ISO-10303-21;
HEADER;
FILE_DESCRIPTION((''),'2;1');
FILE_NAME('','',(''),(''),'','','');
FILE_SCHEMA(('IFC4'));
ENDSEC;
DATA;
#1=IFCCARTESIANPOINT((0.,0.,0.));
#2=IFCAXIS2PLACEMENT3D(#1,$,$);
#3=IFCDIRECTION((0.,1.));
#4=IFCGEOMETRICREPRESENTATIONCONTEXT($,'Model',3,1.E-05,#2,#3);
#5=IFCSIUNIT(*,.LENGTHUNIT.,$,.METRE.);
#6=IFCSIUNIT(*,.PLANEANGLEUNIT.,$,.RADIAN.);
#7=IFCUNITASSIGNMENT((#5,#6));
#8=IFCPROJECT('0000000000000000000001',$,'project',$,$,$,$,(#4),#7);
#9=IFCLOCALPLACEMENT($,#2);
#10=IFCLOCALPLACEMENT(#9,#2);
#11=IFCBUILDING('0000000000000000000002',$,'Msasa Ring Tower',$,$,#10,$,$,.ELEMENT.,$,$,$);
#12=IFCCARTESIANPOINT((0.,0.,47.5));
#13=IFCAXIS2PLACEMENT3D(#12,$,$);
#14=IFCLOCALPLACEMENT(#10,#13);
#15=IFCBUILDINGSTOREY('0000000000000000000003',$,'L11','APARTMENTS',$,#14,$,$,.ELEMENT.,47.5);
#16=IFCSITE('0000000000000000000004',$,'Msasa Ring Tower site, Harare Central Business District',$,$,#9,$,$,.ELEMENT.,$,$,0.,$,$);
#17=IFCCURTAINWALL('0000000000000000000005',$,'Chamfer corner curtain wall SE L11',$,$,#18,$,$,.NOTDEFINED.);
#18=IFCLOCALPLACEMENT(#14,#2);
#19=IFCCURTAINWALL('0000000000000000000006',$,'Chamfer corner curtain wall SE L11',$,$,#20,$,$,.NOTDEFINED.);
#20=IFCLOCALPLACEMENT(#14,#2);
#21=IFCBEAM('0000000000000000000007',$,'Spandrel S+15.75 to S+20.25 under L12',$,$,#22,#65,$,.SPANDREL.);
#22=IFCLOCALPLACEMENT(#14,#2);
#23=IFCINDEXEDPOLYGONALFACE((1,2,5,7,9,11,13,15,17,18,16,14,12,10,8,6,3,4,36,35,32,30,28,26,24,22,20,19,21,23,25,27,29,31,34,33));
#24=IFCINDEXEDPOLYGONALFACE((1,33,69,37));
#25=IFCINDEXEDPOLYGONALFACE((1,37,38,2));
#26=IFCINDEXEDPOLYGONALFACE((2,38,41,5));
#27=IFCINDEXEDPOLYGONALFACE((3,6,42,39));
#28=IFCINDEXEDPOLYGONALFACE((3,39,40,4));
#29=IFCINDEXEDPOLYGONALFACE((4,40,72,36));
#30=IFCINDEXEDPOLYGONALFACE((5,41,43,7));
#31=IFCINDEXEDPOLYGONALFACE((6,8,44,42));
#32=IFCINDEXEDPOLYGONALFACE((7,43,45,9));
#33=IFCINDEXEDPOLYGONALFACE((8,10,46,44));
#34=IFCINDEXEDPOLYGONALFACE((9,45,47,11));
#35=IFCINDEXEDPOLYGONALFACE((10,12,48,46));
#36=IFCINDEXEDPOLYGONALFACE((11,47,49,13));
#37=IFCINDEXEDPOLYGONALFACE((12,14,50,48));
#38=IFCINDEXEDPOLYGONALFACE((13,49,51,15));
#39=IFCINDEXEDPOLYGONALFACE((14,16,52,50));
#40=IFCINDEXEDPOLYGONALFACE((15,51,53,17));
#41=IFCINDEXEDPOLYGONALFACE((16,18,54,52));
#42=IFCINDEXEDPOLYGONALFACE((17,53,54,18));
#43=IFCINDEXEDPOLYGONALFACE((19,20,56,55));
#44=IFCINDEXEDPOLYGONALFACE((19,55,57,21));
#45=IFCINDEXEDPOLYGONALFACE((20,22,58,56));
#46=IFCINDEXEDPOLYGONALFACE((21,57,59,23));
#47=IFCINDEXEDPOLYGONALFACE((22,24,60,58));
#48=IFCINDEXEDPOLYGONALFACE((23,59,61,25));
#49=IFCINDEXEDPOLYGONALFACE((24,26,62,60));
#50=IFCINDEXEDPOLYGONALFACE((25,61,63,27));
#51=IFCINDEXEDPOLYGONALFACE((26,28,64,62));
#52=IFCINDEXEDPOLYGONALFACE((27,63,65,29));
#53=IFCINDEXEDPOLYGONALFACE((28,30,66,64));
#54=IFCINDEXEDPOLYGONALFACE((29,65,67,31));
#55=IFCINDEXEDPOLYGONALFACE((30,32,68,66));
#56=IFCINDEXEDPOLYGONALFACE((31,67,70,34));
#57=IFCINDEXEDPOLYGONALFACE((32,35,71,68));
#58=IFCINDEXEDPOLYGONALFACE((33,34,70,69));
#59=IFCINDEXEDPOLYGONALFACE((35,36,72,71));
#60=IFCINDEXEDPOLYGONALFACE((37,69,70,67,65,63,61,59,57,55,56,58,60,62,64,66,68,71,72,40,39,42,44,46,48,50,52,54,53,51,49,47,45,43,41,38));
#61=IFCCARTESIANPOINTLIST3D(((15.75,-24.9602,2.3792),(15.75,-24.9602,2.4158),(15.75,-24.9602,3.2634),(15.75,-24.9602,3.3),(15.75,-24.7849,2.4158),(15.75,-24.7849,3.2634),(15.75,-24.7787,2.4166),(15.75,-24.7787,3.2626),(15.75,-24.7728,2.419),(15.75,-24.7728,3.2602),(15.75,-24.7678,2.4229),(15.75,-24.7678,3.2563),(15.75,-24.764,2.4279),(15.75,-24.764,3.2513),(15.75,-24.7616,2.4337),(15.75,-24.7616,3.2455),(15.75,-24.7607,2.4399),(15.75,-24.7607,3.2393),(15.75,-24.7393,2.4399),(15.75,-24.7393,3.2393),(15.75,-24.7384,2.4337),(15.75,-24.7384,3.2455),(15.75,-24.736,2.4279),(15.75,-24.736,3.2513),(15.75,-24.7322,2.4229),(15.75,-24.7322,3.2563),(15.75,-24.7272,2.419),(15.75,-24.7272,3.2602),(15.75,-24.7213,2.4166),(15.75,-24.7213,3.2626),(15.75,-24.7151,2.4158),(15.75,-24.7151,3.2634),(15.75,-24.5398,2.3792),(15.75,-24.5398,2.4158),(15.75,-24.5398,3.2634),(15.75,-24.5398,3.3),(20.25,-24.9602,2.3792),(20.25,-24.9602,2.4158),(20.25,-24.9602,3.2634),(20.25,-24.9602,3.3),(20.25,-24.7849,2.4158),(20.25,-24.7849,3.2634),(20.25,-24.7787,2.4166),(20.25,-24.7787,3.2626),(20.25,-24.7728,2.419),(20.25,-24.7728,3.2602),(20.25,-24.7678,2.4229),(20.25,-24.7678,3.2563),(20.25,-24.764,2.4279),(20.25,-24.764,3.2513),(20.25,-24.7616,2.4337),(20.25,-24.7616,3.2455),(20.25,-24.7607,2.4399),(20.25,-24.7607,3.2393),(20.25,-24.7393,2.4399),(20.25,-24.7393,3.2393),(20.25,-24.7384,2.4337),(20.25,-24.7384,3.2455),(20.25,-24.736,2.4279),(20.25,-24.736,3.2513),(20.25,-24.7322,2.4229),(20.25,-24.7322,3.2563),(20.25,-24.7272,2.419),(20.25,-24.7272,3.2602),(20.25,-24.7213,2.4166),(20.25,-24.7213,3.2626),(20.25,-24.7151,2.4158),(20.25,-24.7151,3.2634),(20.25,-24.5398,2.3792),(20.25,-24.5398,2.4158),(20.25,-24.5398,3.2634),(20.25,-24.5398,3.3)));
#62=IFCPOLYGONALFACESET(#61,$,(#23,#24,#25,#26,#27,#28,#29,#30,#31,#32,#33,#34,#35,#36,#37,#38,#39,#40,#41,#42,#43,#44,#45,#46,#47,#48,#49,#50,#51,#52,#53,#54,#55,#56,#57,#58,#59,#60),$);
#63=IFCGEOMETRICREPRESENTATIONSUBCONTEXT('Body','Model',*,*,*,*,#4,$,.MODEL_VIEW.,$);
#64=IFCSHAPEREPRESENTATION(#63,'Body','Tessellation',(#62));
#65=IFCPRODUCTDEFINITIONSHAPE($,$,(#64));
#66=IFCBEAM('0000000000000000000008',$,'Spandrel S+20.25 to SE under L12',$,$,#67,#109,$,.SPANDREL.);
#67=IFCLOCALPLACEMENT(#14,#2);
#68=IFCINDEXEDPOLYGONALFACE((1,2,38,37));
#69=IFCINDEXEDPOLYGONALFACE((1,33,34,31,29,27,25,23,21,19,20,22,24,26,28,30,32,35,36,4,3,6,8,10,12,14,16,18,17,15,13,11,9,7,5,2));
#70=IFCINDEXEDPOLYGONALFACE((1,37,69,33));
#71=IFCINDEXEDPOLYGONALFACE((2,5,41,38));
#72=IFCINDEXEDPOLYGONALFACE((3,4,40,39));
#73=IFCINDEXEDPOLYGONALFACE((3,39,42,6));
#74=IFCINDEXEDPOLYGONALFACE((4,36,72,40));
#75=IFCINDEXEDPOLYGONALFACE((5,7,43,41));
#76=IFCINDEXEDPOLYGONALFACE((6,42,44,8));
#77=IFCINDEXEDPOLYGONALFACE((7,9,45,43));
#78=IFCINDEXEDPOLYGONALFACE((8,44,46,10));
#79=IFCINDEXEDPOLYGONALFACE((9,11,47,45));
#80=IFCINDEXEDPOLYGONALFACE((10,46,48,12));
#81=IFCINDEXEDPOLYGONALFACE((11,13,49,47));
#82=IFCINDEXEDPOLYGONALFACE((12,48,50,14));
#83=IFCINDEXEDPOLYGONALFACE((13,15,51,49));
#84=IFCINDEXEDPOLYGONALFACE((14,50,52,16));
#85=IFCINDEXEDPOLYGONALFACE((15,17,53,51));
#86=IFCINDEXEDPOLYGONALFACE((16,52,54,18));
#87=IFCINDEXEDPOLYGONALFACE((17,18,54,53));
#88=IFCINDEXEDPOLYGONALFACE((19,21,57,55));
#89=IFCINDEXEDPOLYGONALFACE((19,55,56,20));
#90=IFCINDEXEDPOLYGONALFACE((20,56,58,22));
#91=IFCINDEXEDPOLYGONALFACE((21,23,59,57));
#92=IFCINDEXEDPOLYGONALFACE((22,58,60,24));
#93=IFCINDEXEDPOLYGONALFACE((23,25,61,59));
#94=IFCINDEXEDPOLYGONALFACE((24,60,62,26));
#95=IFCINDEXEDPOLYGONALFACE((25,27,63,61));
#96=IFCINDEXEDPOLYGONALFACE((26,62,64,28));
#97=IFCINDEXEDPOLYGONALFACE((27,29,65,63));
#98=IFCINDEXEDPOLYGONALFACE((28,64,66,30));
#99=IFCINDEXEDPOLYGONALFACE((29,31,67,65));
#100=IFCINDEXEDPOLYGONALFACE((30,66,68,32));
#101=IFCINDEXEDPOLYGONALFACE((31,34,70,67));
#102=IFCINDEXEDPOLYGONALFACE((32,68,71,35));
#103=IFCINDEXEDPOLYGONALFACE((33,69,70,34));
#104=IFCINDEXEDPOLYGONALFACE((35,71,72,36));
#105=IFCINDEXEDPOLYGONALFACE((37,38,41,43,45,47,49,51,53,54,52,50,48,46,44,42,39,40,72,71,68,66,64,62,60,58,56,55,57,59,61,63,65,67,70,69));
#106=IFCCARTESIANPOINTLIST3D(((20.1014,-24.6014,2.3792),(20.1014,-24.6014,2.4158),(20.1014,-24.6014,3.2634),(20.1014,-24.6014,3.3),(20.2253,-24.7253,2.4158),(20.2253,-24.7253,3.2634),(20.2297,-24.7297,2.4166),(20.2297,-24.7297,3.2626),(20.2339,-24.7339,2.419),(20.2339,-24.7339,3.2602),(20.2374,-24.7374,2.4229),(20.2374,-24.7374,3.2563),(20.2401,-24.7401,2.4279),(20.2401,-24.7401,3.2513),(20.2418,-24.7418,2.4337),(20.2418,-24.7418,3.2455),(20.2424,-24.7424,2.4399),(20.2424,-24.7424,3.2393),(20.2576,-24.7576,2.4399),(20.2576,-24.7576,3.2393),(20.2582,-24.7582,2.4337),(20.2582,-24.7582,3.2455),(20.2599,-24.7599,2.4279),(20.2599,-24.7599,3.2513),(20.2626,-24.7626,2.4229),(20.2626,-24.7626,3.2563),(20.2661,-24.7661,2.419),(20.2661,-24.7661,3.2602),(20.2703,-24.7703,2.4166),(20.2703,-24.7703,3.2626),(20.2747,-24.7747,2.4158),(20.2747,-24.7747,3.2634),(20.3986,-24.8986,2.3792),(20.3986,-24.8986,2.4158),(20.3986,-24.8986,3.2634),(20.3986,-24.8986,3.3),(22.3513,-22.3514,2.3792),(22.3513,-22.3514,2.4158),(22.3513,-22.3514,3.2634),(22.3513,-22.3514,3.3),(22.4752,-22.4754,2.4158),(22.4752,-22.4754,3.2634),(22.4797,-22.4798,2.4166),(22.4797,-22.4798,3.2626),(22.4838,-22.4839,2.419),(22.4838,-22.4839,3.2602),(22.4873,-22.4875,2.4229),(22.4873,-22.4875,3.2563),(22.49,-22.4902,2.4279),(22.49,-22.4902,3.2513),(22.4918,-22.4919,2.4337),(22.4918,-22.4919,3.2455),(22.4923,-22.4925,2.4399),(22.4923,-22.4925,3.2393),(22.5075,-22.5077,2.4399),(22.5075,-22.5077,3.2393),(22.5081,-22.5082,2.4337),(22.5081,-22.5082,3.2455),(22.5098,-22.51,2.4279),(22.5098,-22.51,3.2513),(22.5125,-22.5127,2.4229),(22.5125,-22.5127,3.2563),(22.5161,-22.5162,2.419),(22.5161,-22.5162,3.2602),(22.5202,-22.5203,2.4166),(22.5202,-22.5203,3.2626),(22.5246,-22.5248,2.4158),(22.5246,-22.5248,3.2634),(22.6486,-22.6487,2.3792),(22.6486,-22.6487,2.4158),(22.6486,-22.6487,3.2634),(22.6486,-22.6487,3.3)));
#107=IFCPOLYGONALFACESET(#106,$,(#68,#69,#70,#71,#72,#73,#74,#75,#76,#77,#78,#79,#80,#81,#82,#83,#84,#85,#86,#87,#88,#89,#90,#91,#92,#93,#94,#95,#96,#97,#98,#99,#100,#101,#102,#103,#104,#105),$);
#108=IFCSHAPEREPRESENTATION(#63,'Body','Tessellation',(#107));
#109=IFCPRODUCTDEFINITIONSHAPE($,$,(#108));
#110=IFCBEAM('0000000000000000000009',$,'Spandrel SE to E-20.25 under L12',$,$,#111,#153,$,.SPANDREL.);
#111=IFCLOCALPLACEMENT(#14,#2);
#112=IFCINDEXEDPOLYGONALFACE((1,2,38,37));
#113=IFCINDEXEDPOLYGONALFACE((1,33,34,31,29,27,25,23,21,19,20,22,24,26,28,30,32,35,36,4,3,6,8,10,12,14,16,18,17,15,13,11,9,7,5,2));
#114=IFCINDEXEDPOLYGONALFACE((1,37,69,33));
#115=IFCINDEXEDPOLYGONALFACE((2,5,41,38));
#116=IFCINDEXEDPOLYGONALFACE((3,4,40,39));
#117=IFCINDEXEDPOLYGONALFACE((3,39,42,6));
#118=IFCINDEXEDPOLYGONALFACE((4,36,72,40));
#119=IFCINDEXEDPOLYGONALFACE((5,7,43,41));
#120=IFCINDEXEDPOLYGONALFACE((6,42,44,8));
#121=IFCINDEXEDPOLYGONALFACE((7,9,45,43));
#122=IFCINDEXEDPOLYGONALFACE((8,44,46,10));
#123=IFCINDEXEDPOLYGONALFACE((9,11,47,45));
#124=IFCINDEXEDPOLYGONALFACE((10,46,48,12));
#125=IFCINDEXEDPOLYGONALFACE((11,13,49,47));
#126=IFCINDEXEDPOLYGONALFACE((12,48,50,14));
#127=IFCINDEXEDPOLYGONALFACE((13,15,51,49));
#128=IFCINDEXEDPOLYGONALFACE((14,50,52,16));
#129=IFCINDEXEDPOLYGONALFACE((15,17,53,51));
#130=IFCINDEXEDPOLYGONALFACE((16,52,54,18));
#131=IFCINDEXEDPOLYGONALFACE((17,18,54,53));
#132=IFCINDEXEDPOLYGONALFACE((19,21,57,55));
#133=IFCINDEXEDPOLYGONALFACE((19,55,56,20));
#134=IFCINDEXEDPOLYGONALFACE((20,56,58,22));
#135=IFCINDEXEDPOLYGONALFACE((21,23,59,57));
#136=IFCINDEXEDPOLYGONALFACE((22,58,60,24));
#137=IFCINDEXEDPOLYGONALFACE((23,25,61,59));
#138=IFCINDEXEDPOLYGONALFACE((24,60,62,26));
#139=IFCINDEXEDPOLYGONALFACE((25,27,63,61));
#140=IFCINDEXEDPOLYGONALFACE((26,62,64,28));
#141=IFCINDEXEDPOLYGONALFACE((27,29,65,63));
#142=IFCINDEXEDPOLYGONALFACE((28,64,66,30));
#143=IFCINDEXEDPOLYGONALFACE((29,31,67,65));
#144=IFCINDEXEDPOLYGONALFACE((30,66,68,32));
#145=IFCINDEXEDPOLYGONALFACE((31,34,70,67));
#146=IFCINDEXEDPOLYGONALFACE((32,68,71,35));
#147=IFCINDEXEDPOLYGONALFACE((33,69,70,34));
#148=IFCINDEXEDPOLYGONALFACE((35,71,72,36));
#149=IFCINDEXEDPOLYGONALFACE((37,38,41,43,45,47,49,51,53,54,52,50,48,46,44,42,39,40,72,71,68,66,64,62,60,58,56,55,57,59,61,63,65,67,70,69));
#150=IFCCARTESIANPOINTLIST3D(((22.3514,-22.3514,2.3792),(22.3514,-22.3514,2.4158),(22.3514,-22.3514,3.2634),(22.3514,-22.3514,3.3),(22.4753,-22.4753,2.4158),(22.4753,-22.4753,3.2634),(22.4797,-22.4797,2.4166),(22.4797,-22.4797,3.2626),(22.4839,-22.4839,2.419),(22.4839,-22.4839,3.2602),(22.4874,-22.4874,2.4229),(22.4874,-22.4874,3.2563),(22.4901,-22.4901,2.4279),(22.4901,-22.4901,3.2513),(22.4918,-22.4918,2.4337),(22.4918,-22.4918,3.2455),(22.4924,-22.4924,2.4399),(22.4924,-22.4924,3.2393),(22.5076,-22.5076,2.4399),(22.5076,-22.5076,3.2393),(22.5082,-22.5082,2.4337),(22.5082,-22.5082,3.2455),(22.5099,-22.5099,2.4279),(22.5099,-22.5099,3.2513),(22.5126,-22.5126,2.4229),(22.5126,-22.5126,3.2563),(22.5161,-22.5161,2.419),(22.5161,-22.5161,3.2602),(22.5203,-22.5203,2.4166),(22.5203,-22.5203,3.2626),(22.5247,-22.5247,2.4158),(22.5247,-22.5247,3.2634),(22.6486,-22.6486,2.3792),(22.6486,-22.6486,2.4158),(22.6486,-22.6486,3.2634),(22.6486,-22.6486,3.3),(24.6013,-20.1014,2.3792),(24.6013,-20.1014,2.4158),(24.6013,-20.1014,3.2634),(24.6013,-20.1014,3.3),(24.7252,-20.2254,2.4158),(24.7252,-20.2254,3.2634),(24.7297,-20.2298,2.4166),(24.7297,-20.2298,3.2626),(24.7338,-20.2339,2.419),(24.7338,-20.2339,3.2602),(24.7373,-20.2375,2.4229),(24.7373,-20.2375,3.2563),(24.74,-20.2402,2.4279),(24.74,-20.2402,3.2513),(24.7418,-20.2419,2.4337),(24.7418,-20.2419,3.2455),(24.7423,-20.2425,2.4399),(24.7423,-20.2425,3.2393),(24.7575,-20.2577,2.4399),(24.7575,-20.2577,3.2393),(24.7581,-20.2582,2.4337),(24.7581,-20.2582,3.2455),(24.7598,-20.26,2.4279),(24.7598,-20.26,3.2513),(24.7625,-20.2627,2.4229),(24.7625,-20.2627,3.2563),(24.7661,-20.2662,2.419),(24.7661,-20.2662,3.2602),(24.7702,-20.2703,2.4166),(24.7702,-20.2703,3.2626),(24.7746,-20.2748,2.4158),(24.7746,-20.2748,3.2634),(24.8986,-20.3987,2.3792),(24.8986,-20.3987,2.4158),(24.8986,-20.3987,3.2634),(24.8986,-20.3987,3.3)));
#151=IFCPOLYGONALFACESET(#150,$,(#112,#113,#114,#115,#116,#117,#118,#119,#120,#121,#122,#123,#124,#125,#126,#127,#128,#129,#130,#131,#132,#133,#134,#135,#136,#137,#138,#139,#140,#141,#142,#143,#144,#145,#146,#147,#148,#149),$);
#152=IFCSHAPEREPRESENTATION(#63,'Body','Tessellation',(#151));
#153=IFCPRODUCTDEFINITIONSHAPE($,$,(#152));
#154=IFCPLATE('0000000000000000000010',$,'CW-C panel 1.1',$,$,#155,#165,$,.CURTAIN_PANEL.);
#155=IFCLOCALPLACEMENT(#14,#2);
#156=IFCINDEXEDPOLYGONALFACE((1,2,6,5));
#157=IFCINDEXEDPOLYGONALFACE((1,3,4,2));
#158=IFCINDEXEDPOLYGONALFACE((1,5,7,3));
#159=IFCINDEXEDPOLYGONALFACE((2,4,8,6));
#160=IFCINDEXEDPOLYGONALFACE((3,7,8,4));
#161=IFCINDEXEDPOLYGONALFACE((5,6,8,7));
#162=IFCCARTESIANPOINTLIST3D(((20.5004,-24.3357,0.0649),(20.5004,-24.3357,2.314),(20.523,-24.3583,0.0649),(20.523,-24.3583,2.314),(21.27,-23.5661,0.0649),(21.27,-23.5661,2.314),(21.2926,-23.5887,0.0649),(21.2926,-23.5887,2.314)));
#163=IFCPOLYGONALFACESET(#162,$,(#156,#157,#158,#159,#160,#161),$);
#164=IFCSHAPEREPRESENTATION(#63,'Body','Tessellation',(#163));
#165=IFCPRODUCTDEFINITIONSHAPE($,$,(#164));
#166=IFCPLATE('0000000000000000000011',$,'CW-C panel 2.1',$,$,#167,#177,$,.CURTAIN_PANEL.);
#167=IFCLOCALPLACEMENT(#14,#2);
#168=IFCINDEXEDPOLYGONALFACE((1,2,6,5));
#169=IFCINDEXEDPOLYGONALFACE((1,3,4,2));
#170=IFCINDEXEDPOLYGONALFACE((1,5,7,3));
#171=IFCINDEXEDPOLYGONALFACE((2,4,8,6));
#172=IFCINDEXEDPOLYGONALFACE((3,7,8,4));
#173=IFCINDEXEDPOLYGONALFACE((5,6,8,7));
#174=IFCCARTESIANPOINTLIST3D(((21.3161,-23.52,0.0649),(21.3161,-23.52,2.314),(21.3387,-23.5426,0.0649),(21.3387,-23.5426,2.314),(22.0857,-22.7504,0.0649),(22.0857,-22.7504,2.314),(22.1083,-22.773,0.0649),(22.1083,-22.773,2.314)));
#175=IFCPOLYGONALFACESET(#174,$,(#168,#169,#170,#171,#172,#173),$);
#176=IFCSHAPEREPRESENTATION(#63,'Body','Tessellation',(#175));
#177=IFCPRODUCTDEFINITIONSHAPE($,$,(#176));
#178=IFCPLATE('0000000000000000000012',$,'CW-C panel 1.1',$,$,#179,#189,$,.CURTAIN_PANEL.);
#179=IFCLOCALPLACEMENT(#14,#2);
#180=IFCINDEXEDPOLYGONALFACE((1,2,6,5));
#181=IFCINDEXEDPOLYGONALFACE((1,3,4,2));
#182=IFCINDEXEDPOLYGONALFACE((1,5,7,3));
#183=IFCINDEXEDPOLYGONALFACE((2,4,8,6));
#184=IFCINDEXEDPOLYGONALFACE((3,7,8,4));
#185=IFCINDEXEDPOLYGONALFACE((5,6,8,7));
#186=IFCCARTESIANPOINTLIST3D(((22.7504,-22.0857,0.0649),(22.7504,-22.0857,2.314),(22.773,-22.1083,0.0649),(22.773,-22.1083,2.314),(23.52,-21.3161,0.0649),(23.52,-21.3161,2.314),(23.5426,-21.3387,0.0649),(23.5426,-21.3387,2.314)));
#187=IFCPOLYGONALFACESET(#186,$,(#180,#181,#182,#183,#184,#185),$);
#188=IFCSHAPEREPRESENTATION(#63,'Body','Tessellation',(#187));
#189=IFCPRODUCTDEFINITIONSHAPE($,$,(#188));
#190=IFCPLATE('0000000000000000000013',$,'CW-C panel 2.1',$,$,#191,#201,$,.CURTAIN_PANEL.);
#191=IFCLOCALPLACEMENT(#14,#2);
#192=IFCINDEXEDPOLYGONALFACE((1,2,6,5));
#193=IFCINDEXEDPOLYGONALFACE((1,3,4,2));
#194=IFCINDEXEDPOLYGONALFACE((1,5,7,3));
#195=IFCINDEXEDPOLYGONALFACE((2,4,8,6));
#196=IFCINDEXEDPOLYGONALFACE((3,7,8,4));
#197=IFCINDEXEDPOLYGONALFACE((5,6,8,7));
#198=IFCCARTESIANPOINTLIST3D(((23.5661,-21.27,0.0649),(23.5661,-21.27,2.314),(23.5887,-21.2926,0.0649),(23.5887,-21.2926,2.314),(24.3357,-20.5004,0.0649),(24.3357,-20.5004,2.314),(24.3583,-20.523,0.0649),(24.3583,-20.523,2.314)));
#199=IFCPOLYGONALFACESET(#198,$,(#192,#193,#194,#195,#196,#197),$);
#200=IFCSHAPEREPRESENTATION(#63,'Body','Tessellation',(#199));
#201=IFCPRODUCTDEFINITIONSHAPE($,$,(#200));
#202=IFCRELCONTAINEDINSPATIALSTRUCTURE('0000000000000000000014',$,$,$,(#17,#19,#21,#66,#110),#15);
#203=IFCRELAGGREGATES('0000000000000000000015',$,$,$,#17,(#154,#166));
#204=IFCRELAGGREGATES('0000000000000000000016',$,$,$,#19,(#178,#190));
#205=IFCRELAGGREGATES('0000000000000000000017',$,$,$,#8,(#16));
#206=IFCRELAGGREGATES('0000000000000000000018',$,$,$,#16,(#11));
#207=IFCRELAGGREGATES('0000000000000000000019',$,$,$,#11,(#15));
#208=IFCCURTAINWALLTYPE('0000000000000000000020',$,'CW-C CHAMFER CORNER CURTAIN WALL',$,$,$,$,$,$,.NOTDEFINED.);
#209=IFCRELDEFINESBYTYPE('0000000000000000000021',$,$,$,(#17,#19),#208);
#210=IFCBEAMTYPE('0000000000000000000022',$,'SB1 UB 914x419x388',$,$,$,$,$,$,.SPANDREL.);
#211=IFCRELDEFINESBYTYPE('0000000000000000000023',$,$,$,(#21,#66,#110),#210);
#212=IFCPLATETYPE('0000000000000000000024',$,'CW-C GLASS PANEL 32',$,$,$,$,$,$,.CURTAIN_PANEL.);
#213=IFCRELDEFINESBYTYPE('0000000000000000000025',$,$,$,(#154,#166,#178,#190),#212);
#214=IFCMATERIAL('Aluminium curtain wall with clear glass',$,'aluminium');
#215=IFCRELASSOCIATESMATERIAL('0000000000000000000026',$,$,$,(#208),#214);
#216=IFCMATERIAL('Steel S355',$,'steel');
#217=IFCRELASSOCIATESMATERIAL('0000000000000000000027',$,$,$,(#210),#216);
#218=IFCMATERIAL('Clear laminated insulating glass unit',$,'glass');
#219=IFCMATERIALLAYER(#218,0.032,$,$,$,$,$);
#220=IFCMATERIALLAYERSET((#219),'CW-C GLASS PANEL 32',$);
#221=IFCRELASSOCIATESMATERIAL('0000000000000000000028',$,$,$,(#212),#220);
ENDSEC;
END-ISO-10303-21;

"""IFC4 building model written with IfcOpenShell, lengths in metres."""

from ifc_helpers import new_model, si_unit, direction, frame, origin, origin_2d, place, context, subcontext, project, spatial, rectangle, i_section, extrude, material, layer, layer_set, material_profile, profile_set, type_object, element, aggregate, save


model = new_model("IFC4")

# Units and contexts
model_context = context("Model", 3, precision=1e-05, world=origin(), true_north=direction((0.0, 1.0)))
body_context = subcontext(model_context, "Body", "Model", "MODEL_VIEW")
ifc_project = project(units=[si_unit("LENGTHUNIT", "METRE"), si_unit("PLANEANGLEUNIT", "RADIAN")], contexts=[model_context])

# Site, building, storey
site_placement = place(None, origin())
site = spatial("IfcSite", under=ifc_project, at=site_placement, Name="Msasa Ring Tower site, Harare Central Business District", CompositionType="ELEMENT", RefElevation=0.0)
building_placement = place(site_placement, origin())
building = spatial("IfcBuilding", under=site, at=building_placement, Name="Msasa Ring Tower", CompositionType="ELEMENT")
storey_placement = place(building_placement, frame((0.0, 0.0, 47.5)))
storey = spatial("IfcBuildingStorey", under=building, at=storey_placement, Name="L11", Description="APARTMENTS", CompositionType="ELEMENT", Elevation=47.5)

# Curtain walls
ifc_material_1 = material(Name="Aluminium curtain wall with clear glass", Category="aluminium")
curtain_wall_type = type_object("IfcCurtainWallType", Name="CW-C CHAMFER CORNER CURTAIN WALL", PredefinedType="NOTDEFINED", material=ifc_material_1)
curtain_wall_1_placement = place(storey_placement, origin())
curtain_wall_1 = element("IfcCurtainWall", 1, at=curtain_wall_1_placement, inside=storey, type_object=curtain_wall_type, Name="Chamfer corner curtain wall SE L11", PredefinedType="NOTDEFINED")
curtain_wall_2_placement = place(storey_placement, origin())
curtain_wall_2 = element("IfcCurtainWall", 2, at=curtain_wall_2_placement, inside=storey, type_object=curtain_wall_type, Name="Chamfer corner curtain wall SE L11", PredefinedType="NOTDEFINED")

# Beams
ifc_material_2 = material(Name="Steel S355", Category="steel")
ifc_material_profile_1 = material_profile(ifc_material_2, i_section(OverallWidth=0.4204, OverallDepth=0.9209, WebThickness=0.0215, FlangeThickness=0.0366, FilletRadius=0.0242, at=origin_2d()), Name="UB 914x419x388")
ifc_profile_set_1 = profile_set([ifc_material_profile_1], Name="Steel S355")
beam_type_1 = type_object("IfcBeamType", Name="SB1 UB 914x419x388", PredefinedType="SPANDREL", material=ifc_profile_set_1)
beam_1_placement = place(storey_placement, frame((15.75, -24.75, 2.8396), z_axis=(1.0, 0.0, 0.0), x_axis=(0.0, 1.0, 0.0)))
element("IfcBeam", 3, at=beam_1_placement, inside=storey, type_object=beam_type_1, Name="Spandrel S+15.75 to S+20.25 under L12", PredefinedType="SPANDREL", context=body_context, shape_type="SweptSolid", body=[
    extrude(i_section(OverallWidth=0.4204, OverallDepth=0.9209, WebThickness=0.0215, FlangeThickness=0.0366, FilletRadius=0.0242, at=origin_2d()), origin(), (0.0, 0.0, 1.0), 4.5),
])
for number, where, z_axis, x_axis, name in (
    (4, (20.25, -24.75, 2.8396), (0.707107, 0.707107, 0.0), (-0.707107, 0.707107, 0.0), "Spandrel S+20.25 to SE under L12"),
    (5, (22.5, -22.5, 2.8396), (0.707107, 0.707107, 0.0), (-0.707107, 0.707107, 0.0), "Spandrel SE to E-20.25 under L12"),
):
    element("IfcBeam", number, at=place(storey_placement, frame(where, z_axis=z_axis, x_axis=x_axis)), inside=storey, type_object=beam_type_1, Name=name, PredefinedType="SPANDREL", context=body_context, shape_type="SweptSolid", body=[
        extrude(i_section(OverallWidth=0.4204, OverallDepth=0.9209, WebThickness=0.0215, FlangeThickness=0.0366, FilletRadius=0.0242, at=origin_2d()), origin(), (0.0, 0.0, 1.0), 3.1819),
    ])

# Plates
ifc_material_3 = material(Name="Clear laminated insulating glass unit", Category="glass")
ifc_layer_1 = layer(ifc_material_3, 0.032)
ifc_layer_set_1 = layer_set([ifc_layer_1], Name="CW-C GLASS PANEL 32")
plate_type = type_object("IfcPlateType", Name="CW-C GLASS PANEL 32", PredefinedType="CURTAIN_PANEL", material=ifc_layer_set_1)
plate_1_placement = place(storey_placement, frame((20.8965, -23.9622, 0.0649), z_axis=(0.0, 0.0, 1.0), x_axis=(0.707107, 0.707107, 0.0)))
plate_1 = element("IfcPlate", 6, at=plate_1_placement, type_object=plate_type, Name="CW-C panel 1.1", PredefinedType="CURTAIN_PANEL", context=body_context, shape_type="SweptSolid", body=[
    extrude(rectangle(XDim=1.0884, YDim=0.032, at=origin_2d()), origin(), (0.0, 0.0, 1.0), 2.249),
])
plate_2_placement = place(storey_placement, frame((21.7122, -23.1465, 0.0649), z_axis=(0.0, 0.0, 1.0), x_axis=(0.707107, 0.707107, 0.0)))
plate_2 = element("IfcPlate", 7, at=plate_2_placement, type_object=plate_type, Name="CW-C panel 2.1", PredefinedType="CURTAIN_PANEL", context=body_context, shape_type="SweptSolid", body=[
    extrude(rectangle(XDim=1.0884, YDim=0.032, at=origin_2d()), origin(), (0.0, 0.0, 1.0), 2.249),
])
aggregate(curtain_wall_1, [plate_1, plate_2])
plate_3_placement = place(storey_placement, frame((23.1465, -21.7122, 0.0649), z_axis=(0.0, 0.0, 1.0), x_axis=(0.707107, 0.707107, 0.0)))
plate_3 = element("IfcPlate", 8, at=plate_3_placement, type_object=plate_type, Name="CW-C panel 1.1", PredefinedType="CURTAIN_PANEL", context=body_context, shape_type="SweptSolid", body=[
    extrude(rectangle(XDim=1.0884, YDim=0.032, at=origin_2d()), origin(), (0.0, 0.0, 1.0), 2.249),
])
plate_4_placement = place(storey_placement, frame((23.9622, -20.8965, 0.0649), z_axis=(0.0, 0.0, 1.0), x_axis=(0.707107, 0.707107, 0.0)))
plate_4 = element("IfcPlate", 9, at=plate_4_placement, type_object=plate_type, Name="CW-C panel 2.1", PredefinedType="CURTAIN_PANEL", context=body_context, shape_type="SweptSolid", body=[
    extrude(rectangle(XDim=1.0884, YDim=0.032, at=origin_2d()), origin(), (0.0, 0.0, 1.0), 2.249),
])
aggregate(curtain_wall_2, [plate_3, plate_4])

save(model, "model.ifc")
